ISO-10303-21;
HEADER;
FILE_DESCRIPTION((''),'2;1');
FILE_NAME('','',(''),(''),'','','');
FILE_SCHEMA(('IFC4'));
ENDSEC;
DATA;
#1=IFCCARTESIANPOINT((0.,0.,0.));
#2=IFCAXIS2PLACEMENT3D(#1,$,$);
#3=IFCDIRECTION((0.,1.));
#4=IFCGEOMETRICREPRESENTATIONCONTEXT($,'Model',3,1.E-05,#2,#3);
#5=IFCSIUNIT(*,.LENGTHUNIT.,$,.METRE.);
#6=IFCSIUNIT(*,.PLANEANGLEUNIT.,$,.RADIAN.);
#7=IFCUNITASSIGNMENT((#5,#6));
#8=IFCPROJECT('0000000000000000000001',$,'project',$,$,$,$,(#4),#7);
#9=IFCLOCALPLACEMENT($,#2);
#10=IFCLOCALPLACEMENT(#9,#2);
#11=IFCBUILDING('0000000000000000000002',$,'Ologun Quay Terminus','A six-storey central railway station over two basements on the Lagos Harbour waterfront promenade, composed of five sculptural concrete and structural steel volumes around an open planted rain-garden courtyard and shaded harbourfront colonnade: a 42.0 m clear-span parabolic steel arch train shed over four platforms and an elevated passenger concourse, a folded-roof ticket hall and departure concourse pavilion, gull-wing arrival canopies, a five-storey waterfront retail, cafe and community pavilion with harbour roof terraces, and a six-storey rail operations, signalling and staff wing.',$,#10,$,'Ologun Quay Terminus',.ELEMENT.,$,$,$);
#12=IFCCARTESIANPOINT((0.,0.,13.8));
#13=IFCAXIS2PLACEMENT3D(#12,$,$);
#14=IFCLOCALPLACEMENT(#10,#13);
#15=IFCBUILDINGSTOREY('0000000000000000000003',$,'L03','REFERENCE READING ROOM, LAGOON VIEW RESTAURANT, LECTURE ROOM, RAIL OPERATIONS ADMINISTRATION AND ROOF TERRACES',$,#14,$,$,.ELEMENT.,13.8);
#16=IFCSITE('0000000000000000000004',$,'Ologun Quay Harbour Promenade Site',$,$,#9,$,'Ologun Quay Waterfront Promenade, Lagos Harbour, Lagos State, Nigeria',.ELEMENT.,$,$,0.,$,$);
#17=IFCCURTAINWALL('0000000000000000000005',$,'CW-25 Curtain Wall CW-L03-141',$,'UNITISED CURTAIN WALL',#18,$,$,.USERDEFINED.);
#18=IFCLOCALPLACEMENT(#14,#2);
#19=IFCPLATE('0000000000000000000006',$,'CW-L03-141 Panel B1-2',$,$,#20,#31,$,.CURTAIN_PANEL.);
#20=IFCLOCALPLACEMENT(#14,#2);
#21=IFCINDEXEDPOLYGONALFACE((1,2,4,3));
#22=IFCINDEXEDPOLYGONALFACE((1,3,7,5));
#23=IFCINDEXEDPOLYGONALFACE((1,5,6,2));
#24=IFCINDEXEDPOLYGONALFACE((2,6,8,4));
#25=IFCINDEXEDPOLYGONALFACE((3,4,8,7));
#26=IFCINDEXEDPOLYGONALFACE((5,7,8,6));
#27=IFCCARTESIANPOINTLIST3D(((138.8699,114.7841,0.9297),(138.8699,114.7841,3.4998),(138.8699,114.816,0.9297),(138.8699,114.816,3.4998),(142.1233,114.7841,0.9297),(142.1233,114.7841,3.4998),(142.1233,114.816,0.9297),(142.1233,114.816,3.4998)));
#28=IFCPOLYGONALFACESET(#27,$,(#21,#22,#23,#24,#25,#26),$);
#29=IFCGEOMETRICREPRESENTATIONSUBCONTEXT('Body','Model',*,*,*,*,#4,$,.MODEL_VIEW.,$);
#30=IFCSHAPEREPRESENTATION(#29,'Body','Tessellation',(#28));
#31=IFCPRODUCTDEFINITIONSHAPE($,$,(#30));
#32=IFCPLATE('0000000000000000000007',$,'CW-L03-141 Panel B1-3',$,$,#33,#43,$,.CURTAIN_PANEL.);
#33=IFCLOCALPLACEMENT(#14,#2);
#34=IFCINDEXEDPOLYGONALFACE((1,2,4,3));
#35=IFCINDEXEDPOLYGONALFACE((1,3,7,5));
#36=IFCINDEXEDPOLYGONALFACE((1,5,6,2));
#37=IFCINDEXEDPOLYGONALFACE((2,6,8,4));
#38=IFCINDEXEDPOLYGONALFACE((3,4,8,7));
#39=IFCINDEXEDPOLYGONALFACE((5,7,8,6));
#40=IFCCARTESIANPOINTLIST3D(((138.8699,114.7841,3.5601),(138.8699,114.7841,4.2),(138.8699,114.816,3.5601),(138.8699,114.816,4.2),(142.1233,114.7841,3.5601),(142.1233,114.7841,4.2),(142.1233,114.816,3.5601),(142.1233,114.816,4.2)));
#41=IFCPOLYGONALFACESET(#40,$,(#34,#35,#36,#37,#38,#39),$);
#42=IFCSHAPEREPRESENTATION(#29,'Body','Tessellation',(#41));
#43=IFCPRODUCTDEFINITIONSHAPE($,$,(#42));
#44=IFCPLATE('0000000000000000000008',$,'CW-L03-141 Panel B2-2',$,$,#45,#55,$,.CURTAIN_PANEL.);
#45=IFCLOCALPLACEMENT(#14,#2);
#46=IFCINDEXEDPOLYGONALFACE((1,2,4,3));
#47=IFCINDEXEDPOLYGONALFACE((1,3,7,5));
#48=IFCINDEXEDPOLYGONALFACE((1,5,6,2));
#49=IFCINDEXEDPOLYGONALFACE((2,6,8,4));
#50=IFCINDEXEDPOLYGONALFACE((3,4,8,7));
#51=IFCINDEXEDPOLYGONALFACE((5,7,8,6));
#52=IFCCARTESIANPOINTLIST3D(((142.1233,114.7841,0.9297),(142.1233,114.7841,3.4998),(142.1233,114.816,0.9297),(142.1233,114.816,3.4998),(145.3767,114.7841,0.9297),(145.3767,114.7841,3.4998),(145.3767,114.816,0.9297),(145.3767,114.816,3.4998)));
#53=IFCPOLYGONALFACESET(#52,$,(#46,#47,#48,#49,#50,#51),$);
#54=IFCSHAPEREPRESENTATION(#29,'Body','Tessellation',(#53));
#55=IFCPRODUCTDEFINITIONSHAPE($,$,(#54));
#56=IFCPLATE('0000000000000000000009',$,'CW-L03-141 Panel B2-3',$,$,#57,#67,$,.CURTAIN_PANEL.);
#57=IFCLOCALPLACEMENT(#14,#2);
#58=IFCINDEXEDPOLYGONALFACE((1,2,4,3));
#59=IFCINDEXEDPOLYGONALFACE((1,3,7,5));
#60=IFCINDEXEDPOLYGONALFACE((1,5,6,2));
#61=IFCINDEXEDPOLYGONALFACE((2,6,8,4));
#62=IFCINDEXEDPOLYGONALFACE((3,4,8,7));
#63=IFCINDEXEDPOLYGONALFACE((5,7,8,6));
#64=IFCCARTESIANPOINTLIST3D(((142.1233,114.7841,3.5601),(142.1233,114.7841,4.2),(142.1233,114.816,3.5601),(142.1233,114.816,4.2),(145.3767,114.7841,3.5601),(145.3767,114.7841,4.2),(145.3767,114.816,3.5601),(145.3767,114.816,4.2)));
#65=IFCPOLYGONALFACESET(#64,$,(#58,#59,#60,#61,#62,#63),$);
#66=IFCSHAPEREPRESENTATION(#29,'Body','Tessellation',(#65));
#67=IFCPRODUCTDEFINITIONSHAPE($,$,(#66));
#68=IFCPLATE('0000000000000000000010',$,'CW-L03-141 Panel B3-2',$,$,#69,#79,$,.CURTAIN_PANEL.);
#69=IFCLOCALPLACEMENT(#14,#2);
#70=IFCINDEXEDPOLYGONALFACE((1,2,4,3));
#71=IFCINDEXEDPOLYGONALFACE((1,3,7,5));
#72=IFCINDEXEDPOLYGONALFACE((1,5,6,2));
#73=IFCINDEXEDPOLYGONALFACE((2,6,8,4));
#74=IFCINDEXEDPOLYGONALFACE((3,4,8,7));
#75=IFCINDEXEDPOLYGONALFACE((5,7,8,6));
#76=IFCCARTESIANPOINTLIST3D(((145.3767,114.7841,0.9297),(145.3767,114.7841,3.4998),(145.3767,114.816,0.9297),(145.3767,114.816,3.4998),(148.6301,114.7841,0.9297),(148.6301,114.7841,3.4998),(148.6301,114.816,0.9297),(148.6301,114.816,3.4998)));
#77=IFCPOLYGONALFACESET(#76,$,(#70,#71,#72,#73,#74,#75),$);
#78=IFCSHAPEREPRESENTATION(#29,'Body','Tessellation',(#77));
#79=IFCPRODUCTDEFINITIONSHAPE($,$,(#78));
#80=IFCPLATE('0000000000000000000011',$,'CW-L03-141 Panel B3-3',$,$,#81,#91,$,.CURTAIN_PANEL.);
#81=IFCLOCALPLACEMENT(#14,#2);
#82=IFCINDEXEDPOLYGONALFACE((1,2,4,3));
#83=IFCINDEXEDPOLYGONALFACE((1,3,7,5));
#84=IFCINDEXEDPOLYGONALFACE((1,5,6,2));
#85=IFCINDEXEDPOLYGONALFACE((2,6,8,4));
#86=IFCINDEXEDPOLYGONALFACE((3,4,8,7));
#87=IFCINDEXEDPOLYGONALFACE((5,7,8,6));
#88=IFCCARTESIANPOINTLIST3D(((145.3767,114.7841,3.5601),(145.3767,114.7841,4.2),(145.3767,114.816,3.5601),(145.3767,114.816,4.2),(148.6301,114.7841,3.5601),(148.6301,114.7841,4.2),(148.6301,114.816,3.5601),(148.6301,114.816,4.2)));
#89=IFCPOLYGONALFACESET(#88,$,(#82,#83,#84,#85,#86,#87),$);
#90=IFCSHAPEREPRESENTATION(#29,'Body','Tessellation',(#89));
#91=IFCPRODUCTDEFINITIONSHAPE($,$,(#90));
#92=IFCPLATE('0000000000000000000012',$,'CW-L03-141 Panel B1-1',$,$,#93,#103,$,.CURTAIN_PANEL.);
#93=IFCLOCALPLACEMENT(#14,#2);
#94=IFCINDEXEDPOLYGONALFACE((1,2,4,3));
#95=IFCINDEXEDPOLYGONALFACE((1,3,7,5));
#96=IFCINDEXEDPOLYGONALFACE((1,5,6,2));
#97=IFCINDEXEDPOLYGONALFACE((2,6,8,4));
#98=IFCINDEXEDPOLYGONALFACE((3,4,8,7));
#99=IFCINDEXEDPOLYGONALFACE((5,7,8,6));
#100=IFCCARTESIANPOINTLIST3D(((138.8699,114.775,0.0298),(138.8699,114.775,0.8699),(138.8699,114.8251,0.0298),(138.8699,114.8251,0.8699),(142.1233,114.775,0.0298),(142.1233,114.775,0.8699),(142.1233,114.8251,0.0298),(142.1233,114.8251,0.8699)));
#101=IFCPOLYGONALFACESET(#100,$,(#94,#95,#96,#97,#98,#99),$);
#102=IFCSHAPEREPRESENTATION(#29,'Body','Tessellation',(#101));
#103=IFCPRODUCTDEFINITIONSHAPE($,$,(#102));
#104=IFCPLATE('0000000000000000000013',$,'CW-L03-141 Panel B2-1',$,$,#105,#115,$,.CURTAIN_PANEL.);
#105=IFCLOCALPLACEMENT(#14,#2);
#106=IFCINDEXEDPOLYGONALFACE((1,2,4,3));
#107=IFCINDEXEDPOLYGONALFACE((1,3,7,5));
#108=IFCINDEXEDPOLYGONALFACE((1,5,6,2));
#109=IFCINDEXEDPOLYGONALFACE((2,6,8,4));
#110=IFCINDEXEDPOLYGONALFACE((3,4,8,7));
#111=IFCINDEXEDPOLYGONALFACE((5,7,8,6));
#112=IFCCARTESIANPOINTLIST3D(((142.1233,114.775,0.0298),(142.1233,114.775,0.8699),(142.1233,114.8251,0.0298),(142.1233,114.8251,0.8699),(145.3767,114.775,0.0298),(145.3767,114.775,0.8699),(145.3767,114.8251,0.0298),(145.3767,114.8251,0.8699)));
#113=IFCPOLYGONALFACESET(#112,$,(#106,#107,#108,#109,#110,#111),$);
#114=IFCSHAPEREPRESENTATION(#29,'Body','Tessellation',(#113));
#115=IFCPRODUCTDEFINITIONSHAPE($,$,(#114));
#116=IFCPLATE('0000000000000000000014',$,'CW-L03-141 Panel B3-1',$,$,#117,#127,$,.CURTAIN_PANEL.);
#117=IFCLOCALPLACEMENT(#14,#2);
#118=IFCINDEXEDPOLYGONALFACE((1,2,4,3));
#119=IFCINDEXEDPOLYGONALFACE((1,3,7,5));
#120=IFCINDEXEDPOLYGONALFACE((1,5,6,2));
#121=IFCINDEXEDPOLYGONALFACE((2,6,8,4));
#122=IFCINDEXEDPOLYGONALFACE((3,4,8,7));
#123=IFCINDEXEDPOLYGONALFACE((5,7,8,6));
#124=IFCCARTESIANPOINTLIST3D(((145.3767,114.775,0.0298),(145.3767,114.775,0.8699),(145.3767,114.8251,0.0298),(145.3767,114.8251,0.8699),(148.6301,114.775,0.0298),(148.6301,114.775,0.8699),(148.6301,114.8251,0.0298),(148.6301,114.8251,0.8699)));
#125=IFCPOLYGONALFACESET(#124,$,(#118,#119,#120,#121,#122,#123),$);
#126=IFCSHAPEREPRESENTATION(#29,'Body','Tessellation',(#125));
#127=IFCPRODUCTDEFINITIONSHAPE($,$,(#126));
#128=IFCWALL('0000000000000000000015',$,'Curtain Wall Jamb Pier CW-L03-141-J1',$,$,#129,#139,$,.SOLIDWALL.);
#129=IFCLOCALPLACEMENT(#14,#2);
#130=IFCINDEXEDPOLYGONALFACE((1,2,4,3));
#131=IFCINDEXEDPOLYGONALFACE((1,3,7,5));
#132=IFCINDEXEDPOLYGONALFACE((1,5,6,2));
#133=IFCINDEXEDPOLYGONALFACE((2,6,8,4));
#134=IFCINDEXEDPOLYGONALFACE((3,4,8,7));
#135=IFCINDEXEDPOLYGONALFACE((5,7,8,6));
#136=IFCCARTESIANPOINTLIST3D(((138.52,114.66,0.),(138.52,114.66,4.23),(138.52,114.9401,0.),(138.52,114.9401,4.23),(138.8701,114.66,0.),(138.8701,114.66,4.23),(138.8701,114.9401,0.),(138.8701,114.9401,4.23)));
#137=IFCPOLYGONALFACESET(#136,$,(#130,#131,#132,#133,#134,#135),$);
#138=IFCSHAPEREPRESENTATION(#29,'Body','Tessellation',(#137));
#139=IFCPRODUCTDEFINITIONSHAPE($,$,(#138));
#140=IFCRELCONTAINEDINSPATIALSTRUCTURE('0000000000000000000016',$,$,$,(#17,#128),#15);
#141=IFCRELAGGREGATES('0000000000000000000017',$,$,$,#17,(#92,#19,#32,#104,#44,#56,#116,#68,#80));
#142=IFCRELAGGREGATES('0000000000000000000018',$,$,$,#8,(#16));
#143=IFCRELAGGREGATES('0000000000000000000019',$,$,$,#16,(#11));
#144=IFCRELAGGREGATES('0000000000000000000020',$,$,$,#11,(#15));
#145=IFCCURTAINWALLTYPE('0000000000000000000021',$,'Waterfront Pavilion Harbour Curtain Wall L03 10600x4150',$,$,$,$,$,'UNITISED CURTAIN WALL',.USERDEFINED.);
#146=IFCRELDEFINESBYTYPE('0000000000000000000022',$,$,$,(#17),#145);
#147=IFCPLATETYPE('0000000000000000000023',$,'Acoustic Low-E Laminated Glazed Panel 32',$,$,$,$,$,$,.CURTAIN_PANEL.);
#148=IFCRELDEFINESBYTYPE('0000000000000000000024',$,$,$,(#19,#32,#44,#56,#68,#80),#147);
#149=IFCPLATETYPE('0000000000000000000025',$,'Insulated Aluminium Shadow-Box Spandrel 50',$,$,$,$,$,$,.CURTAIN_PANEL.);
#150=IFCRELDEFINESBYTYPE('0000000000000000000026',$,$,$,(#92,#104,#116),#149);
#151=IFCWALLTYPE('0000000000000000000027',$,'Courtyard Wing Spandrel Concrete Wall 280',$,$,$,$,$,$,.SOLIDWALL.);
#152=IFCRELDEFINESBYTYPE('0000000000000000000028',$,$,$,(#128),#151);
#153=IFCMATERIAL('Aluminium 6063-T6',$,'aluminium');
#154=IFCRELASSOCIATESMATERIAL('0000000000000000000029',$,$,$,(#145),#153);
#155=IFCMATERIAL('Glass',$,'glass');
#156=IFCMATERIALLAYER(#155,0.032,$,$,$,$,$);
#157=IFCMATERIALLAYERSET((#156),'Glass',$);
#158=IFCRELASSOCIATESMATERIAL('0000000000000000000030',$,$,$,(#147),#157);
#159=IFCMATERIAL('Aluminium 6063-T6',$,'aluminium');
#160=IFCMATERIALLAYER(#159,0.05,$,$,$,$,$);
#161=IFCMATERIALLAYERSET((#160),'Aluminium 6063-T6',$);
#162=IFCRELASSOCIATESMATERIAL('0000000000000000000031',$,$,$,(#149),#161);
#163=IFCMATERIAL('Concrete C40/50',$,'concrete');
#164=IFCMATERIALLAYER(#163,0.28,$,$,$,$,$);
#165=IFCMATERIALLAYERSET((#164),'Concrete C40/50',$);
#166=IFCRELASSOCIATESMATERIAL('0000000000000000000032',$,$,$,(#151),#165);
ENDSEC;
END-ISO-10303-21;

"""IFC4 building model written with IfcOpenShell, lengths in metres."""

from ifc_helpers import new_model, si_unit, direction, frame, frame_2d, origin, origin_2d, place, context, subcontext, project, spatial, rectangle, extrude, material, layer, layer_set, type_object, element, aggregate, save


model = new_model("IFC4")

# Units and contexts
model_context = context("Model", 3, precision=1e-05, world=origin(), true_north=direction((0.0, 1.0)))
body_context = subcontext(model_context, "Body", "Model", "MODEL_VIEW")
ifc_project = project(units=[si_unit("LENGTHUNIT", "METRE"), si_unit("PLANEANGLEUNIT", "RADIAN")], contexts=[model_context])

# Site, building, storey
site_placement = place(None, origin())
site = spatial("IfcSite", under=ifc_project, at=site_placement, Name="Ologun Quay Harbour Promenade Site", LongName="Ologun Quay Waterfront Promenade, Lagos Harbour, Lagos State, Nigeria", CompositionType="ELEMENT", RefElevation=0.0)
building_placement = place(site_placement, origin())
building = spatial("IfcBuilding", under=site, at=building_placement, Name="Ologun Quay Terminus", Description="A six-storey central railway station over two basements on the Lagos Harbour waterfront promenade, composed of five sculptural concrete and structural steel volumes around an open planted rain-garden courtyard and shaded harbourfront colonnade: a 42.0 m clear-span parabolic steel arch train shed over four platforms and an elevated passenger concourse, a folded-roof ticket hall and departure concourse pavilion, gull-wing arrival canopies, a five-storey waterfront retail, cafe and community pavilion with harbour roof terraces, and a six-storey rail operations, signalling and staff wing.", LongName="Ologun Quay Terminus", CompositionType="ELEMENT")
storey_placement = place(building_placement, frame((0.0, 0.0, 13.8)))
storey = spatial("IfcBuildingStorey", under=building, at=storey_placement, Name="L03", Description="REFERENCE READING ROOM, LAGOON VIEW RESTAURANT, LECTURE ROOM, RAIL OPERATIONS ADMINISTRATION AND ROOF TERRACES", CompositionType="ELEMENT", Elevation=13.8)

# Curtain wall, plates
ifc_material_1 = material(Name="Aluminium 6063-T6", Category="aluminium")
curtain_wall_type = type_object("IfcCurtainWallType", Name="Waterfront Pavilion Harbour Curtain Wall L03 10600x4150", ElementType="UNITISED CURTAIN WALL", PredefinedType="USERDEFINED", material=ifc_material_1)
curtain_wall_placement = place(storey_placement, origin())
curtain_wall = element("IfcCurtainWall", 1, at=curtain_wall_placement, inside=storey, type_object=curtain_wall_type, Name="CW-25 Curtain Wall CW-L03-141", ObjectType="UNITISED CURTAIN WALL", PredefinedType="USERDEFINED")
ifc_material_2 = material(Name="Glass", Category="glass")
ifc_layer_1 = layer(ifc_material_2, 0.032)
ifc_layer_set_1 = layer_set([ifc_layer_1], Name="Glass")
plate_type_1 = type_object("IfcPlateType", Name="Acoustic Low-E Laminated Glazed Panel 32", PredefinedType="CURTAIN_PANEL", material=ifc_layer_set_1)
plate_1_placement = place(storey_placement, frame((140.4966, 114.8, 0.9297), z_axis=(0.0, 0.0, 1.0), x_axis=(1.0, 0.0, 0.0)))
plate_1 = element("IfcPlate", 2, at=plate_1_placement, type_object=plate_type_1, Name="CW-L03-141 Panel B1-2", PredefinedType="CURTAIN_PANEL", context=body_context, shape_type="SweptSolid", body=[
    extrude(rectangle(XDim=3.2534, YDim=0.032, at=origin_2d()), origin(), (0.0, 0.0, 1.0), 2.5701),
])
plate_2_placement = place(storey_placement, frame((140.4966, 114.8, 3.5601), z_axis=(0.0, 0.0, 1.0), x_axis=(1.0, 0.0, 0.0)))
plate_2 = element("IfcPlate", 3, at=plate_2_placement, type_object=plate_type_1, Name="CW-L03-141 Panel B1-3", PredefinedType="CURTAIN_PANEL", context=body_context, shape_type="SweptSolid", body=[
    extrude(rectangle(XDim=3.2534, YDim=0.032, at=origin_2d()), origin(), (0.0, 0.0, 1.0), 0.6399),
])
plate_3_placement = place(storey_placement, frame((143.75, 114.8, 0.9297), z_axis=(0.0, 0.0, 1.0), x_axis=(1.0, 0.0, 0.0)))
plate_3 = element("IfcPlate", 4, at=plate_3_placement, type_object=plate_type_1, Name="CW-L03-141 Panel B2-2", PredefinedType="CURTAIN_PANEL", context=body_context, shape_type="SweptSolid", body=[
    extrude(rectangle(XDim=3.2534, YDim=0.032, at=origin_2d()), origin(), (0.0, 0.0, 1.0), 2.5701),
])
plate_4_placement = place(storey_placement, frame((143.75, 114.8, 3.5601), z_axis=(0.0, 0.0, 1.0), x_axis=(1.0, 0.0, 0.0)))
plate_4 = element("IfcPlate", 5, at=plate_4_placement, type_object=plate_type_1, Name="CW-L03-141 Panel B2-3", PredefinedType="CURTAIN_PANEL", context=body_context, shape_type="SweptSolid", body=[
    extrude(rectangle(XDim=3.2534, YDim=0.032, at=origin_2d()), origin(), (0.0, 0.0, 1.0), 0.6399),
])
plate_5_placement = place(storey_placement, frame((147.0034, 114.8, 0.9297), z_axis=(0.0, 0.0, 1.0), x_axis=(1.0, 0.0, 0.0)))
plate_5 = element("IfcPlate", 6, at=plate_5_placement, type_object=plate_type_1, Name="CW-L03-141 Panel B3-2", PredefinedType="CURTAIN_PANEL", context=body_context, shape_type="SweptSolid", body=[
    extrude(rectangle(XDim=3.2534, YDim=0.032, at=origin_2d()), origin(), (0.0, 0.0, 1.0), 2.5701),
])
plate_6_placement = place(storey_placement, frame((147.0034, 114.8, 3.5601), z_axis=(0.0, 0.0, 1.0), x_axis=(1.0, 0.0, 0.0)))
plate_6 = element("IfcPlate", 7, at=plate_6_placement, type_object=plate_type_1, Name="CW-L03-141 Panel B3-3", PredefinedType="CURTAIN_PANEL", context=body_context, shape_type="SweptSolid", body=[
    extrude(rectangle(XDim=3.2534, YDim=0.032, at=origin_2d()), origin(), (0.0, 0.0, 1.0), 0.6399),
])
ifc_material_3 = material(Name="Aluminium 6063-T6", Category="aluminium")
ifc_layer_2 = layer(ifc_material_3, 0.05)
ifc_layer_set_2 = layer_set([ifc_layer_2], Name="Aluminium 6063-T6")
plate_type_2 = type_object("IfcPlateType", Name="Insulated Aluminium Shadow-Box Spandrel 50", PredefinedType="CURTAIN_PANEL", material=ifc_layer_set_2)
plate_7_placement = place(storey_placement, frame((140.4966, 114.8, 0.0298), z_axis=(0.0, 0.0, 1.0), x_axis=(1.0, 0.0, 0.0)))
plate_7 = element("IfcPlate", 8, at=plate_7_placement, type_object=plate_type_2, Name="CW-L03-141 Panel B1-1", PredefinedType="CURTAIN_PANEL", context=body_context, shape_type="SweptSolid", body=[
    extrude(rectangle(XDim=3.2534, YDim=0.05, at=origin_2d()), origin(), (0.0, 0.0, 1.0), 0.8401),
])
plate_8_placement = place(storey_placement, frame((143.75, 114.8, 0.0298), z_axis=(0.0, 0.0, 1.0), x_axis=(1.0, 0.0, 0.0)))
plate_8 = element("IfcPlate", 9, at=plate_8_placement, type_object=plate_type_2, Name="CW-L03-141 Panel B2-1", PredefinedType="CURTAIN_PANEL", context=body_context, shape_type="SweptSolid", body=[
    extrude(rectangle(XDim=3.2534, YDim=0.05, at=origin_2d()), origin(), (0.0, 0.0, 1.0), 0.8401),
])
plate_9_placement = place(storey_placement, frame((147.0034, 114.8, 0.0298), z_axis=(0.0, 0.0, 1.0), x_axis=(1.0, 0.0, 0.0)))
plate_9 = element("IfcPlate", 10, at=plate_9_placement, type_object=plate_type_2, Name="CW-L03-141 Panel B3-1", PredefinedType="CURTAIN_PANEL", context=body_context, shape_type="SweptSolid", body=[
    extrude(rectangle(XDim=3.2534, YDim=0.05, at=origin_2d()), origin(), (0.0, 0.0, 1.0), 0.8401),
])
aggregate(curtain_wall, [plate_7, plate_1, plate_2, plate_8, plate_3, plate_4, plate_9, plate_5, plate_6])

# Wall
ifc_material_4 = material(Name="Concrete C40/50", Category="concrete")
ifc_layer_3 = layer(ifc_material_4, 0.28)
ifc_layer_set_3 = layer_set([ifc_layer_3], Name="Concrete C40/50")
wall_type = type_object("IfcWallType", Name="Courtyard Wing Spandrel Concrete Wall 280", PredefinedType="SOLIDWALL", material=ifc_layer_set_3)
wall_placement = place(storey_placement, frame((138.52, 114.8, 0.0), z_axis=(0.0, 0.0, 1.0), x_axis=(1.0, 0.0, 0.0)))
element("IfcWall", 11, at=wall_placement, inside=storey, type_object=wall_type, Name="Curtain Wall Jamb Pier CW-L03-141-J1", PredefinedType="SOLIDWALL", context=body_context, shape_type="SweptSolid", body=[
    extrude(rectangle(XDim=0.3501, YDim=0.28, at=frame_2d((0.175, 0.0))), origin(), (0.0, 0.0, 1.0), 4.23),
])

save(model, "model.ifc")
